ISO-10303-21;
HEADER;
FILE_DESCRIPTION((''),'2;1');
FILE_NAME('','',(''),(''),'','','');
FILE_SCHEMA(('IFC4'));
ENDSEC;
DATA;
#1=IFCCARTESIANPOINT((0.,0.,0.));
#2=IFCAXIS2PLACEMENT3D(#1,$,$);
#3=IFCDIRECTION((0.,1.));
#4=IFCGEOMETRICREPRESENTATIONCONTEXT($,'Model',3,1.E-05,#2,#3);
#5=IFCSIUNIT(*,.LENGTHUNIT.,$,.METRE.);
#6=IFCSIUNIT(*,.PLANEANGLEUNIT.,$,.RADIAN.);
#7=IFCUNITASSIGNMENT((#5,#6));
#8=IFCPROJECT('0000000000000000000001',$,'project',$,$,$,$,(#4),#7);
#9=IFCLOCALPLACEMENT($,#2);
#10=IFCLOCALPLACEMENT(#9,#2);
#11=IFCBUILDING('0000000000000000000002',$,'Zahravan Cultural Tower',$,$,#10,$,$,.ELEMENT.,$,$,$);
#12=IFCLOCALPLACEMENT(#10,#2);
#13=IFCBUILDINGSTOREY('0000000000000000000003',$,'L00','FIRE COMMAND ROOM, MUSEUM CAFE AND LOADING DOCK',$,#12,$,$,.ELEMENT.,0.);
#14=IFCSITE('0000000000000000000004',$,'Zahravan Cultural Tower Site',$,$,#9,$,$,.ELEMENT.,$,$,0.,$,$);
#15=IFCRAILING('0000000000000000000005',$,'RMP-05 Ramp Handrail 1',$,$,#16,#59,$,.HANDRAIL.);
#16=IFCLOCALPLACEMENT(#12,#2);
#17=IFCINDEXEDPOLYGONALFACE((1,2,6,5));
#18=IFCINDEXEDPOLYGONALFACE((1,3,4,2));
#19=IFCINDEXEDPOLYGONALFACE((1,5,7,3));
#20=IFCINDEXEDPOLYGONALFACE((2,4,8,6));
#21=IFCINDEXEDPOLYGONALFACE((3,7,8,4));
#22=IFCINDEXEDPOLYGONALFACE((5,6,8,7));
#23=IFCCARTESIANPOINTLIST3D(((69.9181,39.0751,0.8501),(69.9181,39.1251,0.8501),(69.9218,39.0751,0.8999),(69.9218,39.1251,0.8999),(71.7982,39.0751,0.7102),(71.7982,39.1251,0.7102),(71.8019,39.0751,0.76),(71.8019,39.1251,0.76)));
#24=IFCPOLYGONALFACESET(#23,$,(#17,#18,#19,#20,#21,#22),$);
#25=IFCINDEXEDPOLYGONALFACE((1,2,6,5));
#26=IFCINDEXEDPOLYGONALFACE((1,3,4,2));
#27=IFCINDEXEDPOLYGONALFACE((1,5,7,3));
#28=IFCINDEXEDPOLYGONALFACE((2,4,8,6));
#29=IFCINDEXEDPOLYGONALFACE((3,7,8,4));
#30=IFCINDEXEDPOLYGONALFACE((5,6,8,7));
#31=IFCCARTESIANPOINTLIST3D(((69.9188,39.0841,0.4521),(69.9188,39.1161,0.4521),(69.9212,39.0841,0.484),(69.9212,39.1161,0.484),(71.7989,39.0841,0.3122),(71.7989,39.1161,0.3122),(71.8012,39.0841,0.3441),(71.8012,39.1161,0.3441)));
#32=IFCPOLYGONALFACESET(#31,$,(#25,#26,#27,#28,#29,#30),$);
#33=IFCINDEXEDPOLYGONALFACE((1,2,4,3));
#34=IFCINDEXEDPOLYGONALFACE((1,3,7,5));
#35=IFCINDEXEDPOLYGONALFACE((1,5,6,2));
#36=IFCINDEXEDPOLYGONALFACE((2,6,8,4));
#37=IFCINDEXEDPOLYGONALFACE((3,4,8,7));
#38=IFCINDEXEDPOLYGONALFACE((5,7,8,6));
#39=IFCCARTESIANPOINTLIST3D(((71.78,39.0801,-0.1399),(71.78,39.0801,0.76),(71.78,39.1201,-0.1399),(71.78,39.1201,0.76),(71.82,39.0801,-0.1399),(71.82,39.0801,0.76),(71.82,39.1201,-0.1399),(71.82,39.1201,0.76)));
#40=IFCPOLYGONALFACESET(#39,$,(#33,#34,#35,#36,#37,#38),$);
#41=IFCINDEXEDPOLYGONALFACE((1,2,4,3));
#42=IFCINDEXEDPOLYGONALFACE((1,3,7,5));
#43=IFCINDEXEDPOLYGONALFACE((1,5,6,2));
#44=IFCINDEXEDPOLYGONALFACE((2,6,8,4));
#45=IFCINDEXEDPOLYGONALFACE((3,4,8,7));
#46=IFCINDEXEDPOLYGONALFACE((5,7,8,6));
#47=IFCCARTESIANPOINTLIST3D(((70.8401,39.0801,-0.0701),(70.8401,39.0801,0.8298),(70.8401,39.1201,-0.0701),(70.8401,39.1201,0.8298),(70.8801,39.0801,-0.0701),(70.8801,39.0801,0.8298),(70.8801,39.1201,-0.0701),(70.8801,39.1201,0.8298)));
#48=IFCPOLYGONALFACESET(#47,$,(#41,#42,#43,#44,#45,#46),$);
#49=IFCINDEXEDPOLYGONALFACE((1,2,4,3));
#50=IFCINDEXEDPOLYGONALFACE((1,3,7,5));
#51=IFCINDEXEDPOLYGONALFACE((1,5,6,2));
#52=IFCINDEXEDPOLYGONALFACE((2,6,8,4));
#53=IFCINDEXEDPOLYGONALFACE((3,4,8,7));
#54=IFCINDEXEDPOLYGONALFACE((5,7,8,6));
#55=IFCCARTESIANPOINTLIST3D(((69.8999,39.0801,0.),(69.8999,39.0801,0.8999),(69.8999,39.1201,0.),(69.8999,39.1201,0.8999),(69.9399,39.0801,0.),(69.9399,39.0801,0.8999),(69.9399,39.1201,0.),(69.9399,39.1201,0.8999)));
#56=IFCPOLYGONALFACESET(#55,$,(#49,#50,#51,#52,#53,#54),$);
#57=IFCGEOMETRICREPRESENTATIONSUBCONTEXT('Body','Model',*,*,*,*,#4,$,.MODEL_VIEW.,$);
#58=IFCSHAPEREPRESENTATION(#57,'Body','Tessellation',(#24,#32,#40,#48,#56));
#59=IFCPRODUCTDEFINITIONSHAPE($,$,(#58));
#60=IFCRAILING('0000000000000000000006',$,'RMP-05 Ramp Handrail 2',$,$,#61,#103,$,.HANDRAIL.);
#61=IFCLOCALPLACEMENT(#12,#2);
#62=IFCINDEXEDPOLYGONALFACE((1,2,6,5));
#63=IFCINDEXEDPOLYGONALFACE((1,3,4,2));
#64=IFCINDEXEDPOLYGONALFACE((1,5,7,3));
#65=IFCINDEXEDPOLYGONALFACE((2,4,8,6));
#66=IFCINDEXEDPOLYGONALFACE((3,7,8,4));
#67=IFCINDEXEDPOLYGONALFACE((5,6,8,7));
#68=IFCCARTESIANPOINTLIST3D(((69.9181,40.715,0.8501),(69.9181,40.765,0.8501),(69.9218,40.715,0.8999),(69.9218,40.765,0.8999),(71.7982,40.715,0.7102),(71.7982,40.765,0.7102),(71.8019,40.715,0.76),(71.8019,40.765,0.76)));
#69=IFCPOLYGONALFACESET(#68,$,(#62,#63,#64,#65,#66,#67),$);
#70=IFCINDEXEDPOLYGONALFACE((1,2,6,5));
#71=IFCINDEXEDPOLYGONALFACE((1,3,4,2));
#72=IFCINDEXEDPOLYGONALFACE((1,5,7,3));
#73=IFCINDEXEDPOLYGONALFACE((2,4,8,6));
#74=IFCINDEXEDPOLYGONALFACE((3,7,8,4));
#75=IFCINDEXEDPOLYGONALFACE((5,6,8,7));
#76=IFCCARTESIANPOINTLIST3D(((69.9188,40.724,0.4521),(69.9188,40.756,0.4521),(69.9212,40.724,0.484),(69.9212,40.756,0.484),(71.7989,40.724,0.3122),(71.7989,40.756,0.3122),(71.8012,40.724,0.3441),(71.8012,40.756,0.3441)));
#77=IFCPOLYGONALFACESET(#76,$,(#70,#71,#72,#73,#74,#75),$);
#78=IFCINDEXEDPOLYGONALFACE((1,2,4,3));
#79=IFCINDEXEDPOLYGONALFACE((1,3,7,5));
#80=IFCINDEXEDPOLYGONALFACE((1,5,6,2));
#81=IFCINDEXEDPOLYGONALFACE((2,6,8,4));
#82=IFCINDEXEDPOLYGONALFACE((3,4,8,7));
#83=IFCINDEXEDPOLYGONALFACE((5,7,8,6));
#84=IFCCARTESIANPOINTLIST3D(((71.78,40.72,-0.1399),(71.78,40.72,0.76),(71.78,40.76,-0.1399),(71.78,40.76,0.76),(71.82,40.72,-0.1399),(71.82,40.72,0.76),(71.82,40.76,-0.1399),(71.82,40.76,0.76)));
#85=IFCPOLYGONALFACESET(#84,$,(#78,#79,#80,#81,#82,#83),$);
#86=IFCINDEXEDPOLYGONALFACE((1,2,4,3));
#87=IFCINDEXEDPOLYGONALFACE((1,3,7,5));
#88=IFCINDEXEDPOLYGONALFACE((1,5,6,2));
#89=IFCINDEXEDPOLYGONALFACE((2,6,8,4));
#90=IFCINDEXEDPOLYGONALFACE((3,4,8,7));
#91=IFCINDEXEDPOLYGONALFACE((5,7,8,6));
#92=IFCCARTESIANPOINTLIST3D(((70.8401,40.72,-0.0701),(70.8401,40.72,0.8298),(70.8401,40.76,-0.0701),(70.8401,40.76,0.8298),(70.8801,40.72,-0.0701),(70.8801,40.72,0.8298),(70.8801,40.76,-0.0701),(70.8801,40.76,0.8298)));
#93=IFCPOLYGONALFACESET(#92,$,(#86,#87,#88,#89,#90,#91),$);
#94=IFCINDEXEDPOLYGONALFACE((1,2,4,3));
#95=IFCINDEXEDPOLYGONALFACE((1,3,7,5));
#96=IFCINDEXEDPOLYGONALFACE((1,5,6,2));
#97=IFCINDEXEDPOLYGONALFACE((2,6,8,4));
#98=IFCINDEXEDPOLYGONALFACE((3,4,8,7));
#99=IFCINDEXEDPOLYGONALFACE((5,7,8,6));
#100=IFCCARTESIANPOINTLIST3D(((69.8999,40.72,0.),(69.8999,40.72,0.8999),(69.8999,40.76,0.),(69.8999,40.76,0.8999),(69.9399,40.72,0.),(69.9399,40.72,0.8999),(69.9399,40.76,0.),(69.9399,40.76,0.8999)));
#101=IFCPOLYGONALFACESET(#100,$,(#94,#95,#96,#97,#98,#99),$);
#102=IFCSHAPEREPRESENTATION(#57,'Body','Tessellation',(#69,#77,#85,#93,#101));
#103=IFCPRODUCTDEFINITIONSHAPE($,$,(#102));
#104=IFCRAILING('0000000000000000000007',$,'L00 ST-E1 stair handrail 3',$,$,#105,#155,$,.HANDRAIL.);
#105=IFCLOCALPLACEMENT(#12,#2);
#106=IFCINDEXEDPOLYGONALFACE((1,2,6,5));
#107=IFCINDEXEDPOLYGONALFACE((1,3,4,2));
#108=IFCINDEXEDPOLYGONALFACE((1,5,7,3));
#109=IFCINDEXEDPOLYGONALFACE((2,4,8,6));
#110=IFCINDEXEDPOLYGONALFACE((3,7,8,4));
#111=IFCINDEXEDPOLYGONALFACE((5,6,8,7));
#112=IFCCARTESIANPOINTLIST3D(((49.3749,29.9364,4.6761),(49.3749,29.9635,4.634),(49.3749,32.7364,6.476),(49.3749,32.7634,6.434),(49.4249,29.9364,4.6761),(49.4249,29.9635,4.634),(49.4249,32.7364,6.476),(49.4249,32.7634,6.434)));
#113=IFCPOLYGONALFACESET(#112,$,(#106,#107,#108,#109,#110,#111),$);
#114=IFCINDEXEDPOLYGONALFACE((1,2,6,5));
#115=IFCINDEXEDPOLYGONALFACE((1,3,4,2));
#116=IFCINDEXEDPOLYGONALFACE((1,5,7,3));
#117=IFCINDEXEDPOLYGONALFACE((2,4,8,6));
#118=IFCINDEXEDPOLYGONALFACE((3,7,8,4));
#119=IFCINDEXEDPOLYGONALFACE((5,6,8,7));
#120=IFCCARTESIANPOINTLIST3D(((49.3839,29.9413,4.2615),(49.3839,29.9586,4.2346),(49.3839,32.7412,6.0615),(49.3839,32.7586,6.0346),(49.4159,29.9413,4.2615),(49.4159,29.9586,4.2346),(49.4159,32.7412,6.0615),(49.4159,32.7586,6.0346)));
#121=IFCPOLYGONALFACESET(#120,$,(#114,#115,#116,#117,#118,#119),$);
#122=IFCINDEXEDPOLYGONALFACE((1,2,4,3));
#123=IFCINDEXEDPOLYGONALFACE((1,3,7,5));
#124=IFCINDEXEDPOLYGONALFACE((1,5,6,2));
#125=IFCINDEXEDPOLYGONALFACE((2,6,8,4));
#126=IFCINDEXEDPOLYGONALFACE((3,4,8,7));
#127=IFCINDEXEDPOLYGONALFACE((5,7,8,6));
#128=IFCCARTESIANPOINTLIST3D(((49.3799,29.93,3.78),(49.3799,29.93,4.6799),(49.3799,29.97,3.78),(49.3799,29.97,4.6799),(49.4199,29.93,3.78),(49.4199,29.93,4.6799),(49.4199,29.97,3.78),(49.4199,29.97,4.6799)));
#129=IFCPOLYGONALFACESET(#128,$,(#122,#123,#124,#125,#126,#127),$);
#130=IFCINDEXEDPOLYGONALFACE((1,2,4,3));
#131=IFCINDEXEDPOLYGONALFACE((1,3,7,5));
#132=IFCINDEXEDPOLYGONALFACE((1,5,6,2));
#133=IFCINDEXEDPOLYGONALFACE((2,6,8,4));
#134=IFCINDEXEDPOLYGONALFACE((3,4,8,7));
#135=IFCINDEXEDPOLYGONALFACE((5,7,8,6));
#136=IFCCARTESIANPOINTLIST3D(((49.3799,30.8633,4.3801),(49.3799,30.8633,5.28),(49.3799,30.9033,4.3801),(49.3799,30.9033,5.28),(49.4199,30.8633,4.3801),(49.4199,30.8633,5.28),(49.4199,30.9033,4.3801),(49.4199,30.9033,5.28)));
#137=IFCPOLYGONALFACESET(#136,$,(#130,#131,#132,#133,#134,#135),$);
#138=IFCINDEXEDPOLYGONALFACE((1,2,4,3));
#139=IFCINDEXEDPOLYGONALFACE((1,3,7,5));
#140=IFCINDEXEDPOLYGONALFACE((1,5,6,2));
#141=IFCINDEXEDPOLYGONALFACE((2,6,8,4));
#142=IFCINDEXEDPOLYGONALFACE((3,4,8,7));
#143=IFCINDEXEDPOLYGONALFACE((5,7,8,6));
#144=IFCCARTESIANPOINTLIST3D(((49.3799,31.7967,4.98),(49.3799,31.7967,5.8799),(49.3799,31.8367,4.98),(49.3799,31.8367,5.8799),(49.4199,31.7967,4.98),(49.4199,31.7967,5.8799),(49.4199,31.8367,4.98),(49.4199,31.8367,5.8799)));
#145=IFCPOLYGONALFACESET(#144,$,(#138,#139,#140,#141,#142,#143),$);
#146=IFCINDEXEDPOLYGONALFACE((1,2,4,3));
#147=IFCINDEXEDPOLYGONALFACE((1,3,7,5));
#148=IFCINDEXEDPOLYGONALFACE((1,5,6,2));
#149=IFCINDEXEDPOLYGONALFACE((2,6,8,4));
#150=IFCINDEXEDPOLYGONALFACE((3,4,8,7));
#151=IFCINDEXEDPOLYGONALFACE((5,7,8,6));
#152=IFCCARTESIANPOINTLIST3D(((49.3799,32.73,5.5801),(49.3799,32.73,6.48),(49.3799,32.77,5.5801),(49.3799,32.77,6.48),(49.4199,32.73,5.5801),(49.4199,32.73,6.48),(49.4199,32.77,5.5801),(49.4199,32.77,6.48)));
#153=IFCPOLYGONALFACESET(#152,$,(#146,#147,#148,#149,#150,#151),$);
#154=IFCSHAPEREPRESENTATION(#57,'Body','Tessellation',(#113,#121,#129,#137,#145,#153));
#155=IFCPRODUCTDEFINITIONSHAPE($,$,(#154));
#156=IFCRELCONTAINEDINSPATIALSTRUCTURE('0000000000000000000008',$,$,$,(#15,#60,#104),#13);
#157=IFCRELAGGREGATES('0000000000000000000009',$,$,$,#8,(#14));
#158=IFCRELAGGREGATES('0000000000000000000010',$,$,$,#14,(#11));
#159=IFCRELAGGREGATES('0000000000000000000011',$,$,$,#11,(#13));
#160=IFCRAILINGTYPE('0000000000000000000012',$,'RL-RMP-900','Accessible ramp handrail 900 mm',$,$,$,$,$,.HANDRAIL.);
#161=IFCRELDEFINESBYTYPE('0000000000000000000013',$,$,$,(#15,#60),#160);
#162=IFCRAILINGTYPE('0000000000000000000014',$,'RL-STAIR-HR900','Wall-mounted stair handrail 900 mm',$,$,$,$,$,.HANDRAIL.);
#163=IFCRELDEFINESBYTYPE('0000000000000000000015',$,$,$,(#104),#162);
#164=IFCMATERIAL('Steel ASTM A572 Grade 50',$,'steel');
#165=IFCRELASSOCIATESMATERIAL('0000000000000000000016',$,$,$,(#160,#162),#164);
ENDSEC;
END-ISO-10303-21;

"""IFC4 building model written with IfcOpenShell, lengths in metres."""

from ifc_helpers import new_model, si_unit, direction, frame, origin, origin_2d, place, context, subcontext, project, spatial, rectangle, extrude, material, type_object, element, save


model = new_model("IFC4")

# Units and contexts
model_context = context("Model", 3, precision=1e-05, world=origin(), true_north=direction((0.0, 1.0)))
body_context = subcontext(model_context, "Body", "Model", "MODEL_VIEW")
ifc_project = project(units=[si_unit("LENGTHUNIT", "METRE"), si_unit("PLANEANGLEUNIT", "RADIAN")], contexts=[model_context])

# Site, building, storey
site_placement = place(None, origin())
site = spatial("IfcSite", under=ifc_project, at=site_placement, Name="Zahravan Cultural Tower Site", CompositionType="ELEMENT", RefElevation=0.0)
building_placement = place(site_placement, origin())
building = spatial("IfcBuilding", under=site, at=building_placement, Name="Zahravan Cultural Tower", CompositionType="ELEMENT")
storey_placement = place(building_placement, origin())
storey = spatial("IfcBuildingStorey", under=building, at=storey_placement, Name="L00", Description="FIRE COMMAND ROOM, MUSEUM CAFE AND LOADING DOCK", CompositionType="ELEMENT", Elevation=0.0)

# Shared definitions
ifc_material_1 = material(Name="Steel ASTM A572 Grade 50", Category="steel")

# Railings
railing_type_1 = type_object("IfcRailingType", Name="RL-RMP-900", Description="Accessible ramp handrail 900 mm", PredefinedType="HANDRAIL", material=ifc_material_1)
for number, where, name in (
    (1, (71.8, 39.1001, -0.1399), "RMP-05 Ramp Handrail 1"),
    (2, (71.8, 40.74, -0.1399), "RMP-05 Ramp Handrail 2"),
):
    element("IfcRailing", number, at=place(storey_placement, frame(where)), inside=storey, type_object=railing_type_1, Name=name, PredefinedType="HANDRAIL", context=body_context, shape_type="SweptSolid", body=[
        extrude(rectangle(XDim=0.05, YDim=0.05, at=origin_2d()), frame((0.0, 0.0, 0.875), z_axis=(-0.997243, 0.0, 0.074201), x_axis=(0.0, -1.0, 0.0)), (0.0, 0.0, 1.0), 1.8853),
        extrude(rectangle(XDim=0.032, YDim=0.032, at=origin_2d()), frame((0.0, 0.0, 0.468), z_axis=(-0.997243, 0.0, 0.074201), x_axis=(0.0, -1.0, 0.0)), (0.0, 0.0, 1.0), 1.8853),
        extrude(rectangle(XDim=0.04, YDim=0.04, at=origin_2d()), origin(), (0.0, 0.0, 1.0), 0.8999),
        extrude(rectangle(XDim=0.04, YDim=0.04, at=origin_2d()), frame((-0.9399, 0.0, 0.0698)), (0.0, 0.0, 1.0), 0.8999),
        extrude(rectangle(XDim=0.04, YDim=0.04, at=origin_2d()), frame((-1.8801, 0.0, 0.1399)), (0.0, 0.0, 1.0), 0.8999),
    ])
railing_type_2 = type_object("IfcRailingType", Name="RL-STAIR-HR900", Description="Wall-mounted stair handrail 900 mm", PredefinedType="HANDRAIL", material=ifc_material_1)
railing_placement = place(storey_placement, frame((49.3999, 29.95, 3.78)))
element("IfcRailing", 3, at=railing_placement, inside=storey, type_object=railing_type_2, Name="L00 ST-E1 stair handrail 3", PredefinedType="HANDRAIL", context=body_context, shape_type="SweptSolid", body=[
    extrude(rectangle(XDim=0.05, YDim=0.05, at=origin_2d()), frame((0.0, 0.0, 0.875), z_axis=(0.0, 0.841176, 0.540761), x_axis=(-1.0, 0.0, 0.0)), (0.0, 0.0, 1.0), 3.3286),
    extrude(rectangle(XDim=0.032, YDim=0.032, at=origin_2d()), frame((0.0, 0.0, 0.468), z_axis=(0.0, 0.841176, 0.540761), x_axis=(-1.0, 0.0, 0.0)), (0.0, 0.0, 1.0), 3.3286),
    extrude(rectangle(XDim=0.04, YDim=0.04, at=origin_2d()), origin(), (0.0, 0.0, 1.0), 0.8999),
    extrude(rectangle(XDim=0.04, YDim=0.04, at=origin_2d()), frame((0.0, 0.9333, 0.6001)), (0.0, 0.0, 1.0), 0.8999),
    extrude(rectangle(XDim=0.04, YDim=0.04, at=origin_2d()), frame((0.0, 1.8667, 1.2)), (0.0, 0.0, 1.0), 0.8999),
    extrude(rectangle(XDim=0.04, YDim=0.04, at=origin_2d()), frame((0.0, 2.8, 1.8)), (0.0, 0.0, 1.0), 0.8999),
])

save(model, "model.ifc")
